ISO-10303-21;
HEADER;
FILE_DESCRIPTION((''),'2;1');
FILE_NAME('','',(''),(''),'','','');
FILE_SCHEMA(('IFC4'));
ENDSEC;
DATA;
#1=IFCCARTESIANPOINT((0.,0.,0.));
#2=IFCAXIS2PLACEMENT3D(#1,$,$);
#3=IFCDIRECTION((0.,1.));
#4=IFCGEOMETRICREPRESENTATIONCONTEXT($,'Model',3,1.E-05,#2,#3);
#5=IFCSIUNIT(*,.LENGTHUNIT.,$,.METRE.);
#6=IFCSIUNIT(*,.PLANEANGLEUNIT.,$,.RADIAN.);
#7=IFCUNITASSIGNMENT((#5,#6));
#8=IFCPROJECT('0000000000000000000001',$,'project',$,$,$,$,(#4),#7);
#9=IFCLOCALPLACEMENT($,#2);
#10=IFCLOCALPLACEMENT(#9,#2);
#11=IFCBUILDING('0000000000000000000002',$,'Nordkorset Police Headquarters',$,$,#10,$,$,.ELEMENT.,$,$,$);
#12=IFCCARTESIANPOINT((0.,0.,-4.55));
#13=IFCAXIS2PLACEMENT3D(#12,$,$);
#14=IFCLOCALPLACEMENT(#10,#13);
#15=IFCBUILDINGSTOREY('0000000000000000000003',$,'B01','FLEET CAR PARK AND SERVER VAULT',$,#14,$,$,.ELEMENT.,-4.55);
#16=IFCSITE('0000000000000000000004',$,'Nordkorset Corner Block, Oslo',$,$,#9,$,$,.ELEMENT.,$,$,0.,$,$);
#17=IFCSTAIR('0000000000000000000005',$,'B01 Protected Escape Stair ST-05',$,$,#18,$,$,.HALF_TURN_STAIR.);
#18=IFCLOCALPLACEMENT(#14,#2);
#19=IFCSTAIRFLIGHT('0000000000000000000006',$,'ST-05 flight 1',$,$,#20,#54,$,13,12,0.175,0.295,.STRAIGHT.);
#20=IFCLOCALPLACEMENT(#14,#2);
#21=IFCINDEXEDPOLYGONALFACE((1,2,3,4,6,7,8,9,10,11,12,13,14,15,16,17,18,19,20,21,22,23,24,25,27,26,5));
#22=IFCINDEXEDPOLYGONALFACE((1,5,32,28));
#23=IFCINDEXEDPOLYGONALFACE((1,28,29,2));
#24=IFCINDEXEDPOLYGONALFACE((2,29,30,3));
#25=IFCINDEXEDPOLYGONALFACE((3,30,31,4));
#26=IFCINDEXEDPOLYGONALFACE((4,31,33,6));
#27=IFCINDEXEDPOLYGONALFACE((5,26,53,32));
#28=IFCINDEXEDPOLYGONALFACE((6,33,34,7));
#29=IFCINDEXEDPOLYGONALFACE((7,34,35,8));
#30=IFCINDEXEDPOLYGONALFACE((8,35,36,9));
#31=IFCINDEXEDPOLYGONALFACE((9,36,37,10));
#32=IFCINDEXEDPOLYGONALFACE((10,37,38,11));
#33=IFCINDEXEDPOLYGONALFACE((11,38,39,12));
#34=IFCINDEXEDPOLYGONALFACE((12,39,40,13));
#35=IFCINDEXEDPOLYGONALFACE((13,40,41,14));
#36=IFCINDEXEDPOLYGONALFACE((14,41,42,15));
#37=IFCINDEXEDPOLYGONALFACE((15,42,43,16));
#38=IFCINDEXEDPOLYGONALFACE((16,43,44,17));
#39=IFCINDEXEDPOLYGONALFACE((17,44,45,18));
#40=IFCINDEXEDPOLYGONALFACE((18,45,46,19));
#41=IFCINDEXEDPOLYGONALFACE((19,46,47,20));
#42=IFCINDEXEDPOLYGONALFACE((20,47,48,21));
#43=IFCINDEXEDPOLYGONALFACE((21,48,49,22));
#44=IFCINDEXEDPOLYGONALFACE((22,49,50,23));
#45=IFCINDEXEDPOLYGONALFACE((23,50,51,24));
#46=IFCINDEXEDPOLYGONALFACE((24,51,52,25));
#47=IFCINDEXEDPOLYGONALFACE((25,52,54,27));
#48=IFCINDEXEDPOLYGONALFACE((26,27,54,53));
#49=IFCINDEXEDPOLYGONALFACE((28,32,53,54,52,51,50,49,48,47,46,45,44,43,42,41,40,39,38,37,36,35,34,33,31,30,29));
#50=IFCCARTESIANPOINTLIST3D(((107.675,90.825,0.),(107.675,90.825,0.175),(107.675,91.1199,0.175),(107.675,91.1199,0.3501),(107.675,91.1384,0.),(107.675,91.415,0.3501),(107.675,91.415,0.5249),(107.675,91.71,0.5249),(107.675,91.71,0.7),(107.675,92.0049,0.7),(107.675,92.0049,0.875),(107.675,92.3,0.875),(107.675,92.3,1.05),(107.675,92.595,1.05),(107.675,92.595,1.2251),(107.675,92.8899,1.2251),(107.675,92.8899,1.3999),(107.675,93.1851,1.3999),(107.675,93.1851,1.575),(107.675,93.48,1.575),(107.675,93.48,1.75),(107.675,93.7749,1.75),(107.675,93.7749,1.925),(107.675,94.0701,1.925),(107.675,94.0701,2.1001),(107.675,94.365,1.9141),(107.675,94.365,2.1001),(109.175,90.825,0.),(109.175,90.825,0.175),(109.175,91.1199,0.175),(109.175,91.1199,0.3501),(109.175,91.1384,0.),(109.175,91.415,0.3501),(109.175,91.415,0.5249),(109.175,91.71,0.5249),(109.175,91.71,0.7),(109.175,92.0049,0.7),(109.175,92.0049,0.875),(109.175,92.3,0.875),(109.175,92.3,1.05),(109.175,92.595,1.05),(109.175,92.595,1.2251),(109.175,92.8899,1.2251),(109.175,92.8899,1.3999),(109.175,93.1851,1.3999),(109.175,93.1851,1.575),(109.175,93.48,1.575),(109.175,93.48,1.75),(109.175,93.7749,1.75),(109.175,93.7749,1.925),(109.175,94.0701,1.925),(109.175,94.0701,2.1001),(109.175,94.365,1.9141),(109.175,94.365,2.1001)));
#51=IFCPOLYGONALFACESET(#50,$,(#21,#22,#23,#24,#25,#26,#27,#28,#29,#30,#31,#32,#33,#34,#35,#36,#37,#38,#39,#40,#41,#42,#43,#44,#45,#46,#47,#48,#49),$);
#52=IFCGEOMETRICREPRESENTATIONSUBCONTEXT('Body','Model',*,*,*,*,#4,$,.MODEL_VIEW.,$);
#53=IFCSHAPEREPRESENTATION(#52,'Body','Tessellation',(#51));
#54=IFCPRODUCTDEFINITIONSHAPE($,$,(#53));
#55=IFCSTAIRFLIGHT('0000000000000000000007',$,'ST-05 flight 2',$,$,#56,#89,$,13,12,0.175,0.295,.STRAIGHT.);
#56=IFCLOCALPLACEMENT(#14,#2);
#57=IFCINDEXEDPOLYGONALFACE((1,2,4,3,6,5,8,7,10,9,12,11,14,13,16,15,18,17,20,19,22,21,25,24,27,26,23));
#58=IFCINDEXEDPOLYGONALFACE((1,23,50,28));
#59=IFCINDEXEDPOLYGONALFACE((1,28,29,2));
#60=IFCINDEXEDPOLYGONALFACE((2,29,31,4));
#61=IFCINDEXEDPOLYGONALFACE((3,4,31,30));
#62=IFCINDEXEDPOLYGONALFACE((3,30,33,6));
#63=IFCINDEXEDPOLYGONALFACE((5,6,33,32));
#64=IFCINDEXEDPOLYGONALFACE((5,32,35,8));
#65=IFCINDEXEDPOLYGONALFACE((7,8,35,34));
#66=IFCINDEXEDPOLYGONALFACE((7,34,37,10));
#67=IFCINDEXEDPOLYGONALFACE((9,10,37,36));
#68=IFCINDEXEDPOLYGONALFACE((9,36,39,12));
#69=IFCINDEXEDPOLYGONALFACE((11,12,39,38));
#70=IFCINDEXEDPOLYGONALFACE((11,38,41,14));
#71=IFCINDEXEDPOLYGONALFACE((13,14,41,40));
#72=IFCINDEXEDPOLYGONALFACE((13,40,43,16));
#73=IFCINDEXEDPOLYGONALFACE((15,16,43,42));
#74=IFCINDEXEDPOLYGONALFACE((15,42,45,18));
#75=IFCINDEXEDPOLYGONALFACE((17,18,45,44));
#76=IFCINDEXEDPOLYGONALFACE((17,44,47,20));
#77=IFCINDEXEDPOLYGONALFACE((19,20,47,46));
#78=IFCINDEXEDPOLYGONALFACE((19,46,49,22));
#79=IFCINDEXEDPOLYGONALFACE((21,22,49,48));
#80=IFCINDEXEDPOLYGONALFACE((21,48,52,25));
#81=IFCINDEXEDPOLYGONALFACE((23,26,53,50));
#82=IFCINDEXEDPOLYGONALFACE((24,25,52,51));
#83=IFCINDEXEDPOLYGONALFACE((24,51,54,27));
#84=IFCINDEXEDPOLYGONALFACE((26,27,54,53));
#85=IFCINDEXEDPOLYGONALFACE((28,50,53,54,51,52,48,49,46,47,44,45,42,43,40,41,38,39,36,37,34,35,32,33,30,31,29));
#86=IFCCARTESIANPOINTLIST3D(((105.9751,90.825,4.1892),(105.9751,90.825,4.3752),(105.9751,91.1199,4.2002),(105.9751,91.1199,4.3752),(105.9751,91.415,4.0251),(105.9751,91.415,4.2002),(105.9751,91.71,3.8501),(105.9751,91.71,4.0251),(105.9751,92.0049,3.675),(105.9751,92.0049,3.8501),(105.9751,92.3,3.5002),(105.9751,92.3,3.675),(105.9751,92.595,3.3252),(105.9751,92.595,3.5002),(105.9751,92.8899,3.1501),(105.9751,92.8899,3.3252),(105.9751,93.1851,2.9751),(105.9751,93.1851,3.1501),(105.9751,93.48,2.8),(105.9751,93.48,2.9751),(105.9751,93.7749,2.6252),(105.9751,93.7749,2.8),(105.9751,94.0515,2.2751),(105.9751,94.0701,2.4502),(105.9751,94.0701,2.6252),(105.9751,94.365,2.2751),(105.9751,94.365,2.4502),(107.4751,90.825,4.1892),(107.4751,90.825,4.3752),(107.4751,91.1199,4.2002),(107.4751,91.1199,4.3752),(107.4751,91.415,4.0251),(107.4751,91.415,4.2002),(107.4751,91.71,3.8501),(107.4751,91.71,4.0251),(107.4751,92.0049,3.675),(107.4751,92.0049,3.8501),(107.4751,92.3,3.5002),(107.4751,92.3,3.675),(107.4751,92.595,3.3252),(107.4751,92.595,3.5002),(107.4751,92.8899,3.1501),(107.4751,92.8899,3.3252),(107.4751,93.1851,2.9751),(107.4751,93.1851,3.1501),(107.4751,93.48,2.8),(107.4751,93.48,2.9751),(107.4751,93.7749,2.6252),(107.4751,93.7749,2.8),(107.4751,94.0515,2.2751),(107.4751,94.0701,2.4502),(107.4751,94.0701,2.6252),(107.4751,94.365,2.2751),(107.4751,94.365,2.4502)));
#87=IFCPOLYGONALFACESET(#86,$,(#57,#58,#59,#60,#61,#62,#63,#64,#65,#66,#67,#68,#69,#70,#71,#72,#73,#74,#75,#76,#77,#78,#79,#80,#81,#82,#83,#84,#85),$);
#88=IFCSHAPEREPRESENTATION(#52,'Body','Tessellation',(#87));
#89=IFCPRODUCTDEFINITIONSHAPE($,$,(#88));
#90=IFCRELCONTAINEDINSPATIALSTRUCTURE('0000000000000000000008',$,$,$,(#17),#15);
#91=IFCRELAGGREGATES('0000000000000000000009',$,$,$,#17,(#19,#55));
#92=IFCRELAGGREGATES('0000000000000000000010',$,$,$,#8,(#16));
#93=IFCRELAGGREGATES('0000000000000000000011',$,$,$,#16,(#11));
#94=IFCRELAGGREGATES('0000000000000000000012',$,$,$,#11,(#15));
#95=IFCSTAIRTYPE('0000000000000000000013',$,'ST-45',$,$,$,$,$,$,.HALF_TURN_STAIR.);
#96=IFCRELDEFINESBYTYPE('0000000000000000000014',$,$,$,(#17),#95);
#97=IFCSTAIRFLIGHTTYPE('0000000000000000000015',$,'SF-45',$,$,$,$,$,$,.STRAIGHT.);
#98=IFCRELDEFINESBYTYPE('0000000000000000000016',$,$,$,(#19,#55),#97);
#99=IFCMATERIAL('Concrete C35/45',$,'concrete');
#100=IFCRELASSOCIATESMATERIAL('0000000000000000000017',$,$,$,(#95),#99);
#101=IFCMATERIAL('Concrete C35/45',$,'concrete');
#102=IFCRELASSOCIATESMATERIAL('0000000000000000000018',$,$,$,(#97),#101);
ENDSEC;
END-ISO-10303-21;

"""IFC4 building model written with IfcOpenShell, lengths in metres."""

from ifc_helpers import new_model, si_unit, direction, frame, origin, place, context, subcontext, project, spatial, polyline, outline, extrude, material, type_object, element, aggregate, save


model = new_model("IFC4")

# Units and contexts
model_context = context("Model", 3, precision=1e-05, world=origin(), true_north=direction((0.0, 1.0)))
body_context = subcontext(model_context, "Body", "Model", "MODEL_VIEW")
ifc_project = project(units=[si_unit("LENGTHUNIT", "METRE"), si_unit("PLANEANGLEUNIT", "RADIAN")], contexts=[model_context])

# Site, building, storey
site_placement = place(None, origin())
site = spatial("IfcSite", under=ifc_project, at=site_placement, Name="Nordkorset Corner Block, Oslo", CompositionType="ELEMENT", RefElevation=0.0)
building_placement = place(site_placement, origin())
building = spatial("IfcBuilding", under=site, at=building_placement, Name="Nordkorset Police Headquarters", CompositionType="ELEMENT")
storey_placement = place(building_placement, frame((0.0, 0.0, -4.55)))
storey = spatial("IfcBuildingStorey", under=building, at=storey_placement, Name="B01", Description="FLEET CAR PARK AND SERVER VAULT", CompositionType="ELEMENT", Elevation=-4.55)

# Stair, stair flights
ifc_material_1 = material(Name="Concrete C35/45", Category="concrete")
stair_type = type_object("IfcStairType", Name="ST-45", PredefinedType="HALF_TURN_STAIR", material=ifc_material_1)
stair_placement = place(storey_placement, origin())
stair = element("IfcStair", 1, at=stair_placement, inside=storey, type_object=stair_type, Name="B01 Protected Escape Stair ST-05", PredefinedType="HALF_TURN_STAIR")
ifc_material_2 = material(Name="Concrete C35/45", Category="concrete")
stair_flight_type = type_object("IfcStairFlightType", Name="SF-45", PredefinedType="STRAIGHT", material=ifc_material_2)
stair_flight_1_placement = place(storey_placement, frame((108.425, 90.825, 0.0), z_axis=(0.0, 0.0, 1.0), x_axis=(0.0, 1.0, 0.0)))
stair_flight_1 = element("IfcStairFlight", 2, at=stair_flight_1_placement, type_object=stair_flight_type, Name="ST-05 flight 1", NumberOfRisers=13, NumberOfTreads=12, PredefinedType="STRAIGHT", RiserHeight=0.175, TreadLength=0.295, context=body_context, shape_type="SweptSolid", body=[
    extrude(outline(polyline([(0.0, 0.0), (0.0, 0.175), (0.2949, 0.175), (0.2949, 0.3501), (0.5901, 0.3501), (0.5901, 0.5249), (0.885, 0.5249), (0.885, 0.7), (1.1799, 0.7), (1.1799, 0.875), (1.4751, 0.875), (1.4751, 1.05), (1.77, 1.05), (1.77, 1.2251), (2.0649, 1.2251), (2.0649, 1.3999), (2.3601, 1.3999), (2.3601, 1.575), (2.655, 1.575), (2.655, 1.75), (2.95, 1.75), (2.95, 1.925), (3.2451, 1.925), (3.2451, 2.1001), (3.54, 2.1001), (3.54, 2.2749), (3.54, 1.9141), (0.3135, 0.0), (0.0, 0.0)])), frame((0.0, 0.75, 0.0), z_axis=(0.0, -1.0, 0.0), x_axis=(1.0, 0.0, 0.0)), (0.0, 0.0, 1.0), 1.5),
])
stair_flight_2_placement = place(storey_placement, frame((106.7251, 94.365, 2.2751), z_axis=(0.0, 0.0, 1.0), x_axis=(0.0, -1.0, 0.0)))
stair_flight_2 = element("IfcStairFlight", 3, at=stair_flight_2_placement, type_object=stair_flight_type, Name="ST-05 flight 2", NumberOfRisers=13, NumberOfTreads=12, PredefinedType="STRAIGHT", RiserHeight=0.175, TreadLength=0.295, context=body_context, shape_type="SweptSolid", body=[
    extrude(outline(polyline([(0.0, 0.0), (0.0, 0.175), (0.2949, 0.175), (0.2949, 0.3501), (0.5901, 0.3501), (0.5901, 0.5249), (0.885, 0.5249), (0.885, 0.7), (1.1799, 0.7), (1.1799, 0.875), (1.4751, 0.875), (1.4751, 1.05), (1.77, 1.05), (1.77, 1.2251), (2.0649, 1.2251), (2.0649, 1.3999), (2.3601, 1.3999), (2.3601, 1.575), (2.655, 1.575), (2.655, 1.75), (2.95, 1.75), (2.95, 1.925), (3.2451, 1.925), (3.2451, 2.1001), (3.54, 2.1001), (3.54, 2.2749), (3.54, 1.9141), (0.3135, 0.0), (0.0, 0.0)])), frame((0.0, 0.75, 0.0), z_axis=(0.0, -1.0, 0.0), x_axis=(1.0, 0.0, 0.0)), (0.0, 0.0, 1.0), 1.5),
])
aggregate(stair, [stair_flight_1, stair_flight_2])

save(model, "model.ifc")
